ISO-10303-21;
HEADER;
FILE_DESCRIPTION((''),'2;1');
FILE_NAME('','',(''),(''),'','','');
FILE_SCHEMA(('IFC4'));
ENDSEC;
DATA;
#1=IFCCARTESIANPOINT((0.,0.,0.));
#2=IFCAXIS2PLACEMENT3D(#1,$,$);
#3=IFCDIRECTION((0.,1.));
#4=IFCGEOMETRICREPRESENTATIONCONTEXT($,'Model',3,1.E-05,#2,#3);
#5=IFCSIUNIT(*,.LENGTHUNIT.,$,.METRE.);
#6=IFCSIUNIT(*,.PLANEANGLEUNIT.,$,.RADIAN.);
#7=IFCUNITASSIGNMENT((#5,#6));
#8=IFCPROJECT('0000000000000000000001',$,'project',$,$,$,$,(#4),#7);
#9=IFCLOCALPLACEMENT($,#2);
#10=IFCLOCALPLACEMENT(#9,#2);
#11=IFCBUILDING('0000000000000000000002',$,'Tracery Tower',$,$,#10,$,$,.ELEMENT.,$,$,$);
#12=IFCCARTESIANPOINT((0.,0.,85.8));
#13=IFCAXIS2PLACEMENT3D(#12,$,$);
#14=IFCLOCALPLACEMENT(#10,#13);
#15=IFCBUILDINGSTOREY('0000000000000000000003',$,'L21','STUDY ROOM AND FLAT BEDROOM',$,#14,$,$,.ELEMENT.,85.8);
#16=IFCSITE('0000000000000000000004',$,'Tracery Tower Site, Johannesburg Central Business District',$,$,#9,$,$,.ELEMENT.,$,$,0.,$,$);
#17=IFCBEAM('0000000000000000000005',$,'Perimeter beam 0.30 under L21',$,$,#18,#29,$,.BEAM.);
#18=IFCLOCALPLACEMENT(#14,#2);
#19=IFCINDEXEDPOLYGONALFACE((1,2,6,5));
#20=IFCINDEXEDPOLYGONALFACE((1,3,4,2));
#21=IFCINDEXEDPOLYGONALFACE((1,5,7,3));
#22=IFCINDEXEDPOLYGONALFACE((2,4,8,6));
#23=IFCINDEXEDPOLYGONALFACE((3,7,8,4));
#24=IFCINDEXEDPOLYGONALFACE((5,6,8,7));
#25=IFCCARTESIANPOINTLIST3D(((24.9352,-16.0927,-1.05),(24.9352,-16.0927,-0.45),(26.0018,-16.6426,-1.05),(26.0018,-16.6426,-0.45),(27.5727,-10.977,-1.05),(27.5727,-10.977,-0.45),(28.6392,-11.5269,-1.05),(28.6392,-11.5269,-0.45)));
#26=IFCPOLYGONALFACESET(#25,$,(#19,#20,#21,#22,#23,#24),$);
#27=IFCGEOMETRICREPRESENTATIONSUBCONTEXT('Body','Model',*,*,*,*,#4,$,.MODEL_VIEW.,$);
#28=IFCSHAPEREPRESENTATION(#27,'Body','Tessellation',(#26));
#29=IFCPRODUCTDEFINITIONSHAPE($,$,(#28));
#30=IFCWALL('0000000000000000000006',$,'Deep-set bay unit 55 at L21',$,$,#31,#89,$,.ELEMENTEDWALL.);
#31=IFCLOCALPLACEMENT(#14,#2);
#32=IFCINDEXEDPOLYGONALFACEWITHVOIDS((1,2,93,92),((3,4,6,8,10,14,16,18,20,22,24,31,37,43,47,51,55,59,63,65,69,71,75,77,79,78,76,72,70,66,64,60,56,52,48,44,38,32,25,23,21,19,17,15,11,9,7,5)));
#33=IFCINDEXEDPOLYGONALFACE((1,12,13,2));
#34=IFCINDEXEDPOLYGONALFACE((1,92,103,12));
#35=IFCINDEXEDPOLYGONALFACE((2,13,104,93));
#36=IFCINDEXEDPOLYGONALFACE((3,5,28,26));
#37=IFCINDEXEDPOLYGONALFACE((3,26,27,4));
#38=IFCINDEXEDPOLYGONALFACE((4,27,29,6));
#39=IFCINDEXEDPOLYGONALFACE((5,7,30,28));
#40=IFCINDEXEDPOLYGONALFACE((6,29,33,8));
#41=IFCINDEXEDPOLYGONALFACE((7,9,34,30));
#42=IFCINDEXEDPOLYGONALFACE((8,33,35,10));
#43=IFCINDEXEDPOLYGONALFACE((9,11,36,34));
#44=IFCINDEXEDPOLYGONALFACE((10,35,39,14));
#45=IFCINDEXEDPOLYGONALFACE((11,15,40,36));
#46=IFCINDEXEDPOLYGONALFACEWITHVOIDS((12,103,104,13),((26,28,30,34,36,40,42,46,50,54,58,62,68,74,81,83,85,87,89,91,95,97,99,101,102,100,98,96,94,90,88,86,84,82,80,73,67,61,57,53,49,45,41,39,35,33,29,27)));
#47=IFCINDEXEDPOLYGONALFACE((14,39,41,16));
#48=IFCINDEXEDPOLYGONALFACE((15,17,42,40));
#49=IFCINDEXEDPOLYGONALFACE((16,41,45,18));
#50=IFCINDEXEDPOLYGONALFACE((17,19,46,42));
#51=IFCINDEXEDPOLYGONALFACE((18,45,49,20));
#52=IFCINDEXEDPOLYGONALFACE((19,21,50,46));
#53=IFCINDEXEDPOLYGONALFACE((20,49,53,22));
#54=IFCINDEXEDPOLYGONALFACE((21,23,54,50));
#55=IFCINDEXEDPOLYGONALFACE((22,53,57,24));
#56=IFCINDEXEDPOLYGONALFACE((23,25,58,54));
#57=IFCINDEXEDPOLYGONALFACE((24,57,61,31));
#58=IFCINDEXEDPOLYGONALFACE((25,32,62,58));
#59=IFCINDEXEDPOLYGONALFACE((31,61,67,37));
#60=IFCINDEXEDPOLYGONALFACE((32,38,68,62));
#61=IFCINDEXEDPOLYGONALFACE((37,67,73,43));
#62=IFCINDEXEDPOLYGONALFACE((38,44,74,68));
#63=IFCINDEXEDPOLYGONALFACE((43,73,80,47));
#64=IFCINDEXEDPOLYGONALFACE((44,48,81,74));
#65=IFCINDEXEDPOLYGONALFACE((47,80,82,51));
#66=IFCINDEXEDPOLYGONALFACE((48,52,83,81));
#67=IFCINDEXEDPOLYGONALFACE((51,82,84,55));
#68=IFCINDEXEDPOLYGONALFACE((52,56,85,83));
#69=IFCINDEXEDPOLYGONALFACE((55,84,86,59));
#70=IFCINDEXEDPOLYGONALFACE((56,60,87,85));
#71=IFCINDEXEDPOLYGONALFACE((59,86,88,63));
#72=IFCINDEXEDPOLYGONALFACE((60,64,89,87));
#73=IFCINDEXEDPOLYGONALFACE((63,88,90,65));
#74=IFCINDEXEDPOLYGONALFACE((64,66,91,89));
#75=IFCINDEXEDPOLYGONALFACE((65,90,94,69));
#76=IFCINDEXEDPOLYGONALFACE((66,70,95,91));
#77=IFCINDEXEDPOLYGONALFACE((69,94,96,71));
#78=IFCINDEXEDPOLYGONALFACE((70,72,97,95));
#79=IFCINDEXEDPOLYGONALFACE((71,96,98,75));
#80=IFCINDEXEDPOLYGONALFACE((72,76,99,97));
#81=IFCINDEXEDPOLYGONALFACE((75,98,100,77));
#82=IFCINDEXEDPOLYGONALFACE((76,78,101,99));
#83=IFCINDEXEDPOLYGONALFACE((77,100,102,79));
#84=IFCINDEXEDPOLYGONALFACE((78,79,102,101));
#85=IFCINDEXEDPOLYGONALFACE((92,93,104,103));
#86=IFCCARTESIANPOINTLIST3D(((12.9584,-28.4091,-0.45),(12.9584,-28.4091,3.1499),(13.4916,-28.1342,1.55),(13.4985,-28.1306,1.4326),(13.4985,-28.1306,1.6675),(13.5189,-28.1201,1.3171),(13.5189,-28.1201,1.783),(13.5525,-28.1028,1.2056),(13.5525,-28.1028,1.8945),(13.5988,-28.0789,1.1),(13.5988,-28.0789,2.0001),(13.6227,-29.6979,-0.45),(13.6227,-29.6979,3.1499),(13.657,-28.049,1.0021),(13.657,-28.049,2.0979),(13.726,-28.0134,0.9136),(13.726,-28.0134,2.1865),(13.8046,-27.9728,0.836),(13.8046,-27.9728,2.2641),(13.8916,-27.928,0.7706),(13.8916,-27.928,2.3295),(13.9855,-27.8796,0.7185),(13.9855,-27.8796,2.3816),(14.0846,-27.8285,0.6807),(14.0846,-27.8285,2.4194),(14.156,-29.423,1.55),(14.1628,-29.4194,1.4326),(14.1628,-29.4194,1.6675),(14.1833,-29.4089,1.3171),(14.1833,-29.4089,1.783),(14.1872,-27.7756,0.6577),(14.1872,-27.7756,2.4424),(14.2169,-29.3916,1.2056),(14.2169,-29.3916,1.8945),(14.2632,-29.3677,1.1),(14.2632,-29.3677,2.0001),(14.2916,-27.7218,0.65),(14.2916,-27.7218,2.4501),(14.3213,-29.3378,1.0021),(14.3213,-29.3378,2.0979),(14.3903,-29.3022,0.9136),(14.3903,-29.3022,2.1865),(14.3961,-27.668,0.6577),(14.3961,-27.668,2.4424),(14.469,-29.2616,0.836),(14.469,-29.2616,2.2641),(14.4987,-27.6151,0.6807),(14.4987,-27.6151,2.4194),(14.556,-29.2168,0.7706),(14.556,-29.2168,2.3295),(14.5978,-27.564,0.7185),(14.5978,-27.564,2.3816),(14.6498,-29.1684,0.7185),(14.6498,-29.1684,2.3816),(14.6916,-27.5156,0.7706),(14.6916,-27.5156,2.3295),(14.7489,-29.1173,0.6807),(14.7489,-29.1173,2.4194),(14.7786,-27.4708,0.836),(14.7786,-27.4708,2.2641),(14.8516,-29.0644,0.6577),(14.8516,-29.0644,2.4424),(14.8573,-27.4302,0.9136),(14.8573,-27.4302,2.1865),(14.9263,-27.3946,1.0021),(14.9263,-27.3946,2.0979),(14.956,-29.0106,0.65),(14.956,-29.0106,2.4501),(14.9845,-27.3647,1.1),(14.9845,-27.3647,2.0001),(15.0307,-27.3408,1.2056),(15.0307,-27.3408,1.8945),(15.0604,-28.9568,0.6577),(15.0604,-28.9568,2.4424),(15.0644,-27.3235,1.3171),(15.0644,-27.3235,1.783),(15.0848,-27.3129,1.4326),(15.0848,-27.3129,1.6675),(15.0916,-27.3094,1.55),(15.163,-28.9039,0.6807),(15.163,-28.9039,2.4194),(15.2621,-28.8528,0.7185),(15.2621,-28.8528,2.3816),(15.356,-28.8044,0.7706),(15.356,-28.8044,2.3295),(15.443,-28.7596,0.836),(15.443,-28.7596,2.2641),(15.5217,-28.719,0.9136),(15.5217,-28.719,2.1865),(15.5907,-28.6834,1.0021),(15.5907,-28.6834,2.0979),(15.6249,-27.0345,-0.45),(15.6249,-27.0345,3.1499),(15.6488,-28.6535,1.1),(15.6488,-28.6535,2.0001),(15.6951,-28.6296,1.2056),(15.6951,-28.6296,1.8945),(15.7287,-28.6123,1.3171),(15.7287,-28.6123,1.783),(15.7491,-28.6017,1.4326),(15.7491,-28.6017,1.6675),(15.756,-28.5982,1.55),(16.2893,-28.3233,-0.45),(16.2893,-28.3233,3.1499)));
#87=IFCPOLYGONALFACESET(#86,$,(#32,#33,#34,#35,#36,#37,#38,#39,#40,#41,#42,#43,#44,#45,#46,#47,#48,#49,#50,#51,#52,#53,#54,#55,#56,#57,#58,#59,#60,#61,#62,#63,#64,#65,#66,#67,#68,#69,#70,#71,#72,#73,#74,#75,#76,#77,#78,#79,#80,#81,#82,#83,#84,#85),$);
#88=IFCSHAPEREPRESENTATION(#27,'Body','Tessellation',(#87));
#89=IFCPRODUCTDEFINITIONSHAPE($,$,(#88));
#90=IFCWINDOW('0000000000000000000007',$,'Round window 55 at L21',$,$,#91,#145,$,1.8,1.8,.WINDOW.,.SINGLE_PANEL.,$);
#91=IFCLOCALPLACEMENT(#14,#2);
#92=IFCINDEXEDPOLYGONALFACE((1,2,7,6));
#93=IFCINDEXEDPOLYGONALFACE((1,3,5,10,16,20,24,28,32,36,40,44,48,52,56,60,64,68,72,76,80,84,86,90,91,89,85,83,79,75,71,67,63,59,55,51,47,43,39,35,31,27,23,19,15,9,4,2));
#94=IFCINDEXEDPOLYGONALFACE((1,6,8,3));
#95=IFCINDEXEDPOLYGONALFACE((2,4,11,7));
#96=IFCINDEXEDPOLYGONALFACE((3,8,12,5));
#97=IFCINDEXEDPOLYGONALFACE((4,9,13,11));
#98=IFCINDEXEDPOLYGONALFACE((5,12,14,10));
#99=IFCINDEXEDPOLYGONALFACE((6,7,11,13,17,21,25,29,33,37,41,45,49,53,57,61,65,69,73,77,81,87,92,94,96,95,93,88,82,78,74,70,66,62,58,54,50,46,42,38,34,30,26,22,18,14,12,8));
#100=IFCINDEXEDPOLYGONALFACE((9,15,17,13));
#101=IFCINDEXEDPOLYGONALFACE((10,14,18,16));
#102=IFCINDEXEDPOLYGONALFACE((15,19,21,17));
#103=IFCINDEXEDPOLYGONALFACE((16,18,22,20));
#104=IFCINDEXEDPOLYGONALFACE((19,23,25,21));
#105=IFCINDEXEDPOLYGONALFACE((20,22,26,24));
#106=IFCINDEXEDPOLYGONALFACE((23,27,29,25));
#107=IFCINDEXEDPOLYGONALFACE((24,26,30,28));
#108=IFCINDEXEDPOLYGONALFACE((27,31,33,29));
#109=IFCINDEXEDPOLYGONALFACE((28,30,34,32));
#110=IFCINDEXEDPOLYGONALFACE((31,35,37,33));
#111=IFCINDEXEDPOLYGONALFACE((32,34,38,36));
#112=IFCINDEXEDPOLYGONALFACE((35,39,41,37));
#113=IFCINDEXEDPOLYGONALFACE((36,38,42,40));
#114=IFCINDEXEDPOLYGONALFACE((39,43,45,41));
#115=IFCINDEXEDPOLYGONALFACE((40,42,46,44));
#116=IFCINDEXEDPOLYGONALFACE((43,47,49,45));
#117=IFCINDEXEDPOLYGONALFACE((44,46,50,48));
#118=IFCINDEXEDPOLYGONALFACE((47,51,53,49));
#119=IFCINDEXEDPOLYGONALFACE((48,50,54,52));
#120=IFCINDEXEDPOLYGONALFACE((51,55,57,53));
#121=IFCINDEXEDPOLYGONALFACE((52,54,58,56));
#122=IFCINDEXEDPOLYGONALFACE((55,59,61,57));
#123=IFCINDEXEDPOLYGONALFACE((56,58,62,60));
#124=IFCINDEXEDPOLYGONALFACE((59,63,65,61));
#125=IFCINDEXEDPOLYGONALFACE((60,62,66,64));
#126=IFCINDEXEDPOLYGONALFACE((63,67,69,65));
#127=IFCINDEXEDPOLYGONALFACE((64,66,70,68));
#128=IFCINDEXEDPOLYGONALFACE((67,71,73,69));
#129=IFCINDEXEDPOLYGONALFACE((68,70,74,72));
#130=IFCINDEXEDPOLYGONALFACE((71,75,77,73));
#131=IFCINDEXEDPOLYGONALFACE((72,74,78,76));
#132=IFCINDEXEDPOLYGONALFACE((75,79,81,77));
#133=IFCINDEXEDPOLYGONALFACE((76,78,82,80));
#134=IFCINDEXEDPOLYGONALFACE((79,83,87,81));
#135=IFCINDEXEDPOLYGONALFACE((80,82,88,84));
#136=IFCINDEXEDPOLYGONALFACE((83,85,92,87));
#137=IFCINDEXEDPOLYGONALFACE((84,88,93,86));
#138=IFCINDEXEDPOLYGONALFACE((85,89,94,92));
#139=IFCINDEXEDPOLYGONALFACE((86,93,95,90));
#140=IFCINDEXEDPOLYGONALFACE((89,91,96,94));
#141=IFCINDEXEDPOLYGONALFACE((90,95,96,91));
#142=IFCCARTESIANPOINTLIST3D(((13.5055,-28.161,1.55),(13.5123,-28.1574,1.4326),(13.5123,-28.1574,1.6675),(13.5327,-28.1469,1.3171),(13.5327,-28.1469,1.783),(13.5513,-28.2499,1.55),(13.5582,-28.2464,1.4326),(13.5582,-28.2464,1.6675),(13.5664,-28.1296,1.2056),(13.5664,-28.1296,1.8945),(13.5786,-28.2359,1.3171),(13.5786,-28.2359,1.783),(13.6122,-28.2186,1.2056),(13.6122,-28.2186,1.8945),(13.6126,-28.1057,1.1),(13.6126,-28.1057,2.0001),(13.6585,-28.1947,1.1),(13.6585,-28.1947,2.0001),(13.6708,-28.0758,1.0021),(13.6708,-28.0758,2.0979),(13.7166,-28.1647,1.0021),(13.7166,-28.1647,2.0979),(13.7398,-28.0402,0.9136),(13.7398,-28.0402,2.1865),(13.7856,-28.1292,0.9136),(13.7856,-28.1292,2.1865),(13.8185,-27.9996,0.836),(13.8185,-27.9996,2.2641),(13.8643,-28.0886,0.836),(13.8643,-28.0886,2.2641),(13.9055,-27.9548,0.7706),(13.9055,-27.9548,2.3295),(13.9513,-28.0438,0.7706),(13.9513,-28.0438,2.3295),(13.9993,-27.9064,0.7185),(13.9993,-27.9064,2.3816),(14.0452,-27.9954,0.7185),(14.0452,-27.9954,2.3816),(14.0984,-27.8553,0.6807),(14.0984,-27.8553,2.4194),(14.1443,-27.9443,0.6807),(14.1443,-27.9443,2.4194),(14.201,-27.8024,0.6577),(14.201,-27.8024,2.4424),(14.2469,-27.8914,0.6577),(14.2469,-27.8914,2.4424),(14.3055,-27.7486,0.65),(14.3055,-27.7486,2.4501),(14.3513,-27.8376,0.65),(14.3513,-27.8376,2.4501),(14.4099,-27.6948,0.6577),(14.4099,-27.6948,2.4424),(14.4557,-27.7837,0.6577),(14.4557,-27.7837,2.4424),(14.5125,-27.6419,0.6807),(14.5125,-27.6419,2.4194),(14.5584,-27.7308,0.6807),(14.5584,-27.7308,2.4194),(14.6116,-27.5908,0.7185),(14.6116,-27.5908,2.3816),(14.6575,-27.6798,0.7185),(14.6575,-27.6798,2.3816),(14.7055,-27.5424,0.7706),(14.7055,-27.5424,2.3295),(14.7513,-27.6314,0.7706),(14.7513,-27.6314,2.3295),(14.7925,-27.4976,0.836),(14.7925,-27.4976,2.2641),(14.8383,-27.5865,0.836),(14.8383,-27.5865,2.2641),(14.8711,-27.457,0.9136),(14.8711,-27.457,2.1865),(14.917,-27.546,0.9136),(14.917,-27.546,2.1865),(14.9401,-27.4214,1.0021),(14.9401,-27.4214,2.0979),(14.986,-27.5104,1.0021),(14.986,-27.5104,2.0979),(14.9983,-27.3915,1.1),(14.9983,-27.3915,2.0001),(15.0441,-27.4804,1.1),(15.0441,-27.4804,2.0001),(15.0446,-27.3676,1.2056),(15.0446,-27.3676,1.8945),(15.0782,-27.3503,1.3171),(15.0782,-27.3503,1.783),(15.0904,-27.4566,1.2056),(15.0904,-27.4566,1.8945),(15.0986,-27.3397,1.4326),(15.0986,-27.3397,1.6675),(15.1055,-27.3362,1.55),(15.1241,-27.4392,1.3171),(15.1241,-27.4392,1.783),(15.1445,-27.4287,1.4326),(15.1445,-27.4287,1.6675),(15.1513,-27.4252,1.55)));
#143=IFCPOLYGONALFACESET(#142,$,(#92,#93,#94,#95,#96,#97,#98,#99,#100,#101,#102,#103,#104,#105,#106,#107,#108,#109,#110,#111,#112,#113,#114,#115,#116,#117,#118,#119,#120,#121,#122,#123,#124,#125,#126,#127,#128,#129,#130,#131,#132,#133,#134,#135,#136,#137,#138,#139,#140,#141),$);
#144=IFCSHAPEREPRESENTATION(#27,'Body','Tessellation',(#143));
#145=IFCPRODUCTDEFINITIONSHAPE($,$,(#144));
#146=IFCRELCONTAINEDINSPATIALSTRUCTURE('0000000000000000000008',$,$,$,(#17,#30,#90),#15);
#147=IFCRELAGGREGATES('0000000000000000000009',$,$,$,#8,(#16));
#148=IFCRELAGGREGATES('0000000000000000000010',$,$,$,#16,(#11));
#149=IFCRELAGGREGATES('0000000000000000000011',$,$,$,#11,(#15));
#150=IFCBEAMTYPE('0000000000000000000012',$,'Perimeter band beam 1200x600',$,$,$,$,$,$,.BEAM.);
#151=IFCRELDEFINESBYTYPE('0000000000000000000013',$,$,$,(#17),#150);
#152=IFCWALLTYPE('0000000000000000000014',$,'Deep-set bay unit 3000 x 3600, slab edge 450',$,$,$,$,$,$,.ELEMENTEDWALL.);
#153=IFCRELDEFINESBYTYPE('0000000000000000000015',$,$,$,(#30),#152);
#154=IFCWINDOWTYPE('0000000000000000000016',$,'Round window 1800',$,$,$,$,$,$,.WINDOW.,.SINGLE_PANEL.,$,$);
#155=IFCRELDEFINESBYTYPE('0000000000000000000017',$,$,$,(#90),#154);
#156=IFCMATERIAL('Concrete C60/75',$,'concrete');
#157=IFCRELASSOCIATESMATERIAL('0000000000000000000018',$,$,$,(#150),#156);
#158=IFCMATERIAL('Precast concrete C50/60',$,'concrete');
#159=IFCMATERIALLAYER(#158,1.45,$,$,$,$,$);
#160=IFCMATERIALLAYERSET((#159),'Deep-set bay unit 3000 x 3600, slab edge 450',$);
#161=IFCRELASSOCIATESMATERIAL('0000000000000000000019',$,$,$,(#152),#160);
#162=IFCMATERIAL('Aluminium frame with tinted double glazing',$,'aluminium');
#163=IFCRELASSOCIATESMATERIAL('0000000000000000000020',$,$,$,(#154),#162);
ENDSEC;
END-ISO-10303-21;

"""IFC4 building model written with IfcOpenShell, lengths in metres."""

from ifc_helpers import new_model, si_unit, direction, frame, frame_2d, origin, origin_2d, place, context, subcontext, project, spatial, rectangle, circle, extrude, material, layer, layer_set, material_profile, profile_set, type_object, element, fill, save


model = new_model("IFC4")

# Units and contexts
model_context = context("Model", 3, precision=1e-05, world=origin(), true_north=direction((0.0, 1.0)))
body_context = subcontext(model_context, "Body", "Model", "MODEL_VIEW")
ifc_project = project(units=[si_unit("LENGTHUNIT", "METRE"), si_unit("PLANEANGLEUNIT", "RADIAN")], contexts=[model_context])

# Site, building, storey
site_placement = place(None, origin())
site = spatial("IfcSite", under=ifc_project, at=site_placement, Name="Tracery Tower Site, Johannesburg Central Business District", CompositionType="ELEMENT", RefElevation=0.0)
building_placement = place(site_placement, origin())
building = spatial("IfcBuilding", under=site, at=building_placement, Name="Tracery Tower", CompositionType="ELEMENT")
storey_placement = place(building_placement, frame((0.0, 0.0, 85.8)))
storey = spatial("IfcBuildingStorey", under=building, at=storey_placement, Name="L21", Description="STUDY ROOM AND FLAT BEDROOM", CompositionType="ELEMENT", Elevation=85.8)

# Beam
ifc_material_1 = material(Name="Concrete C60/75", Category="concrete")
ifc_material_profile_1 = material_profile(ifc_material_1, rectangle(XDim=1.2, YDim=0.6001, at=origin_2d()), Name="RC 1200x600")
ifc_profile_set_1 = profile_set([ifc_material_profile_1], Name="Concrete C60/75")
beam_type = type_object("IfcBeamType", Name="Perimeter band beam 1200x600", PredefinedType="BEAM", material=ifc_profile_set_1)
beam_1_placement = place(storey_placement, frame((25.4685, -16.3677, -0.75), z_axis=(0.458242, 0.888827, 0.0), x_axis=(-0.888827, 0.458242, 0.0)))
element("IfcBeam", 1, at=beam_1_placement, inside=storey, type_object=beam_type, Name="Perimeter beam 0.30 under L21", PredefinedType="BEAM", context=body_context, shape_type="SweptSolid", body=[
    extrude(rectangle(XDim=1.2, YDim=0.6001, at=origin_2d()), origin(), (0.0, 0.0, 1.0), 5.7556),
])

# Wall, opening, window
ifc_material_2 = material(Name="Precast concrete C50/60", Category="concrete")
ifc_layer_1 = layer(ifc_material_2, 1.45)
ifc_layer_set_1 = layer_set([ifc_layer_1], Name="Deep-set bay unit 3000 x 3600, slab edge 450")
wall_type_1 = type_object("IfcWallType", Name="Deep-set bay unit 3000 x 3600, slab edge 450", PredefinedType="ELEMENTEDWALL", material=ifc_layer_set_1)
wall_1_placement = place(storey_placement, frame((13.2905, -29.0535, -0.45), z_axis=(0.0, 0.0, 1.0), x_axis=(0.888858, 0.458183, 0.0)))
wall_1 = element("IfcWall", 2, at=wall_1_placement, inside=storey, type_object=wall_type_1, Name="Deep-set bay unit 55 at L21", PredefinedType="ELEMENTEDWALL", context=body_context, shape_type="SweptSolid", body=[
    extrude(rectangle(XDim=3.0, YDim=1.45, at=frame_2d((1.5, 0.0))), origin(), (0.0, 0.0, 1.0), 3.5999),
])
opening_1_placement = place(wall_1_placement, frame((1.5, 0.0, 2.0)))
opening_1 = element("IfcOpeningElement", 3, at=opening_1_placement, cuts=wall_1, PredefinedType="OPENING", context=body_context, shape_type="SweptSolid", body=[
    extrude(circle(Radius=0.9, at=origin_2d()), frame((0.0, 0.7349, 0.0), z_axis=(0.0, -1.0, 0.0), x_axis=(1.0, 0.0, 0.0)), (0.0, 0.0, 1.0), 1.47),
])
ifc_material_3 = material(Name="Aluminium frame with tinted double glazing", Category="aluminium")
window_type = type_object("IfcWindowType", Name="Round window 1800", PartitioningType="SINGLE_PANEL", PredefinedType="WINDOW", material=ifc_material_3)
window_1_placement = place(opening_1_placement, origin())
window_1 = element("IfcWindow", 4, at=window_1_placement, inside=storey, type_object=window_type, Name="Round window 55 at L21", OverallHeight=1.8, OverallWidth=1.8, PartitioningType="SINGLE_PANEL", PredefinedType="WINDOW", context=body_context, shape_type="SweptSolid", body=[
    extrude(circle(Radius=0.9, at=origin_2d()), frame((0.0, 0.6948, 0.0), z_axis=(0.0, -1.0, 0.0), x_axis=(1.0, 0.0, 0.0)), (0.0, 0.0, 1.0), 0.1001),
])
fill(opening_1, window_1)

save(model, "model.ifc")
